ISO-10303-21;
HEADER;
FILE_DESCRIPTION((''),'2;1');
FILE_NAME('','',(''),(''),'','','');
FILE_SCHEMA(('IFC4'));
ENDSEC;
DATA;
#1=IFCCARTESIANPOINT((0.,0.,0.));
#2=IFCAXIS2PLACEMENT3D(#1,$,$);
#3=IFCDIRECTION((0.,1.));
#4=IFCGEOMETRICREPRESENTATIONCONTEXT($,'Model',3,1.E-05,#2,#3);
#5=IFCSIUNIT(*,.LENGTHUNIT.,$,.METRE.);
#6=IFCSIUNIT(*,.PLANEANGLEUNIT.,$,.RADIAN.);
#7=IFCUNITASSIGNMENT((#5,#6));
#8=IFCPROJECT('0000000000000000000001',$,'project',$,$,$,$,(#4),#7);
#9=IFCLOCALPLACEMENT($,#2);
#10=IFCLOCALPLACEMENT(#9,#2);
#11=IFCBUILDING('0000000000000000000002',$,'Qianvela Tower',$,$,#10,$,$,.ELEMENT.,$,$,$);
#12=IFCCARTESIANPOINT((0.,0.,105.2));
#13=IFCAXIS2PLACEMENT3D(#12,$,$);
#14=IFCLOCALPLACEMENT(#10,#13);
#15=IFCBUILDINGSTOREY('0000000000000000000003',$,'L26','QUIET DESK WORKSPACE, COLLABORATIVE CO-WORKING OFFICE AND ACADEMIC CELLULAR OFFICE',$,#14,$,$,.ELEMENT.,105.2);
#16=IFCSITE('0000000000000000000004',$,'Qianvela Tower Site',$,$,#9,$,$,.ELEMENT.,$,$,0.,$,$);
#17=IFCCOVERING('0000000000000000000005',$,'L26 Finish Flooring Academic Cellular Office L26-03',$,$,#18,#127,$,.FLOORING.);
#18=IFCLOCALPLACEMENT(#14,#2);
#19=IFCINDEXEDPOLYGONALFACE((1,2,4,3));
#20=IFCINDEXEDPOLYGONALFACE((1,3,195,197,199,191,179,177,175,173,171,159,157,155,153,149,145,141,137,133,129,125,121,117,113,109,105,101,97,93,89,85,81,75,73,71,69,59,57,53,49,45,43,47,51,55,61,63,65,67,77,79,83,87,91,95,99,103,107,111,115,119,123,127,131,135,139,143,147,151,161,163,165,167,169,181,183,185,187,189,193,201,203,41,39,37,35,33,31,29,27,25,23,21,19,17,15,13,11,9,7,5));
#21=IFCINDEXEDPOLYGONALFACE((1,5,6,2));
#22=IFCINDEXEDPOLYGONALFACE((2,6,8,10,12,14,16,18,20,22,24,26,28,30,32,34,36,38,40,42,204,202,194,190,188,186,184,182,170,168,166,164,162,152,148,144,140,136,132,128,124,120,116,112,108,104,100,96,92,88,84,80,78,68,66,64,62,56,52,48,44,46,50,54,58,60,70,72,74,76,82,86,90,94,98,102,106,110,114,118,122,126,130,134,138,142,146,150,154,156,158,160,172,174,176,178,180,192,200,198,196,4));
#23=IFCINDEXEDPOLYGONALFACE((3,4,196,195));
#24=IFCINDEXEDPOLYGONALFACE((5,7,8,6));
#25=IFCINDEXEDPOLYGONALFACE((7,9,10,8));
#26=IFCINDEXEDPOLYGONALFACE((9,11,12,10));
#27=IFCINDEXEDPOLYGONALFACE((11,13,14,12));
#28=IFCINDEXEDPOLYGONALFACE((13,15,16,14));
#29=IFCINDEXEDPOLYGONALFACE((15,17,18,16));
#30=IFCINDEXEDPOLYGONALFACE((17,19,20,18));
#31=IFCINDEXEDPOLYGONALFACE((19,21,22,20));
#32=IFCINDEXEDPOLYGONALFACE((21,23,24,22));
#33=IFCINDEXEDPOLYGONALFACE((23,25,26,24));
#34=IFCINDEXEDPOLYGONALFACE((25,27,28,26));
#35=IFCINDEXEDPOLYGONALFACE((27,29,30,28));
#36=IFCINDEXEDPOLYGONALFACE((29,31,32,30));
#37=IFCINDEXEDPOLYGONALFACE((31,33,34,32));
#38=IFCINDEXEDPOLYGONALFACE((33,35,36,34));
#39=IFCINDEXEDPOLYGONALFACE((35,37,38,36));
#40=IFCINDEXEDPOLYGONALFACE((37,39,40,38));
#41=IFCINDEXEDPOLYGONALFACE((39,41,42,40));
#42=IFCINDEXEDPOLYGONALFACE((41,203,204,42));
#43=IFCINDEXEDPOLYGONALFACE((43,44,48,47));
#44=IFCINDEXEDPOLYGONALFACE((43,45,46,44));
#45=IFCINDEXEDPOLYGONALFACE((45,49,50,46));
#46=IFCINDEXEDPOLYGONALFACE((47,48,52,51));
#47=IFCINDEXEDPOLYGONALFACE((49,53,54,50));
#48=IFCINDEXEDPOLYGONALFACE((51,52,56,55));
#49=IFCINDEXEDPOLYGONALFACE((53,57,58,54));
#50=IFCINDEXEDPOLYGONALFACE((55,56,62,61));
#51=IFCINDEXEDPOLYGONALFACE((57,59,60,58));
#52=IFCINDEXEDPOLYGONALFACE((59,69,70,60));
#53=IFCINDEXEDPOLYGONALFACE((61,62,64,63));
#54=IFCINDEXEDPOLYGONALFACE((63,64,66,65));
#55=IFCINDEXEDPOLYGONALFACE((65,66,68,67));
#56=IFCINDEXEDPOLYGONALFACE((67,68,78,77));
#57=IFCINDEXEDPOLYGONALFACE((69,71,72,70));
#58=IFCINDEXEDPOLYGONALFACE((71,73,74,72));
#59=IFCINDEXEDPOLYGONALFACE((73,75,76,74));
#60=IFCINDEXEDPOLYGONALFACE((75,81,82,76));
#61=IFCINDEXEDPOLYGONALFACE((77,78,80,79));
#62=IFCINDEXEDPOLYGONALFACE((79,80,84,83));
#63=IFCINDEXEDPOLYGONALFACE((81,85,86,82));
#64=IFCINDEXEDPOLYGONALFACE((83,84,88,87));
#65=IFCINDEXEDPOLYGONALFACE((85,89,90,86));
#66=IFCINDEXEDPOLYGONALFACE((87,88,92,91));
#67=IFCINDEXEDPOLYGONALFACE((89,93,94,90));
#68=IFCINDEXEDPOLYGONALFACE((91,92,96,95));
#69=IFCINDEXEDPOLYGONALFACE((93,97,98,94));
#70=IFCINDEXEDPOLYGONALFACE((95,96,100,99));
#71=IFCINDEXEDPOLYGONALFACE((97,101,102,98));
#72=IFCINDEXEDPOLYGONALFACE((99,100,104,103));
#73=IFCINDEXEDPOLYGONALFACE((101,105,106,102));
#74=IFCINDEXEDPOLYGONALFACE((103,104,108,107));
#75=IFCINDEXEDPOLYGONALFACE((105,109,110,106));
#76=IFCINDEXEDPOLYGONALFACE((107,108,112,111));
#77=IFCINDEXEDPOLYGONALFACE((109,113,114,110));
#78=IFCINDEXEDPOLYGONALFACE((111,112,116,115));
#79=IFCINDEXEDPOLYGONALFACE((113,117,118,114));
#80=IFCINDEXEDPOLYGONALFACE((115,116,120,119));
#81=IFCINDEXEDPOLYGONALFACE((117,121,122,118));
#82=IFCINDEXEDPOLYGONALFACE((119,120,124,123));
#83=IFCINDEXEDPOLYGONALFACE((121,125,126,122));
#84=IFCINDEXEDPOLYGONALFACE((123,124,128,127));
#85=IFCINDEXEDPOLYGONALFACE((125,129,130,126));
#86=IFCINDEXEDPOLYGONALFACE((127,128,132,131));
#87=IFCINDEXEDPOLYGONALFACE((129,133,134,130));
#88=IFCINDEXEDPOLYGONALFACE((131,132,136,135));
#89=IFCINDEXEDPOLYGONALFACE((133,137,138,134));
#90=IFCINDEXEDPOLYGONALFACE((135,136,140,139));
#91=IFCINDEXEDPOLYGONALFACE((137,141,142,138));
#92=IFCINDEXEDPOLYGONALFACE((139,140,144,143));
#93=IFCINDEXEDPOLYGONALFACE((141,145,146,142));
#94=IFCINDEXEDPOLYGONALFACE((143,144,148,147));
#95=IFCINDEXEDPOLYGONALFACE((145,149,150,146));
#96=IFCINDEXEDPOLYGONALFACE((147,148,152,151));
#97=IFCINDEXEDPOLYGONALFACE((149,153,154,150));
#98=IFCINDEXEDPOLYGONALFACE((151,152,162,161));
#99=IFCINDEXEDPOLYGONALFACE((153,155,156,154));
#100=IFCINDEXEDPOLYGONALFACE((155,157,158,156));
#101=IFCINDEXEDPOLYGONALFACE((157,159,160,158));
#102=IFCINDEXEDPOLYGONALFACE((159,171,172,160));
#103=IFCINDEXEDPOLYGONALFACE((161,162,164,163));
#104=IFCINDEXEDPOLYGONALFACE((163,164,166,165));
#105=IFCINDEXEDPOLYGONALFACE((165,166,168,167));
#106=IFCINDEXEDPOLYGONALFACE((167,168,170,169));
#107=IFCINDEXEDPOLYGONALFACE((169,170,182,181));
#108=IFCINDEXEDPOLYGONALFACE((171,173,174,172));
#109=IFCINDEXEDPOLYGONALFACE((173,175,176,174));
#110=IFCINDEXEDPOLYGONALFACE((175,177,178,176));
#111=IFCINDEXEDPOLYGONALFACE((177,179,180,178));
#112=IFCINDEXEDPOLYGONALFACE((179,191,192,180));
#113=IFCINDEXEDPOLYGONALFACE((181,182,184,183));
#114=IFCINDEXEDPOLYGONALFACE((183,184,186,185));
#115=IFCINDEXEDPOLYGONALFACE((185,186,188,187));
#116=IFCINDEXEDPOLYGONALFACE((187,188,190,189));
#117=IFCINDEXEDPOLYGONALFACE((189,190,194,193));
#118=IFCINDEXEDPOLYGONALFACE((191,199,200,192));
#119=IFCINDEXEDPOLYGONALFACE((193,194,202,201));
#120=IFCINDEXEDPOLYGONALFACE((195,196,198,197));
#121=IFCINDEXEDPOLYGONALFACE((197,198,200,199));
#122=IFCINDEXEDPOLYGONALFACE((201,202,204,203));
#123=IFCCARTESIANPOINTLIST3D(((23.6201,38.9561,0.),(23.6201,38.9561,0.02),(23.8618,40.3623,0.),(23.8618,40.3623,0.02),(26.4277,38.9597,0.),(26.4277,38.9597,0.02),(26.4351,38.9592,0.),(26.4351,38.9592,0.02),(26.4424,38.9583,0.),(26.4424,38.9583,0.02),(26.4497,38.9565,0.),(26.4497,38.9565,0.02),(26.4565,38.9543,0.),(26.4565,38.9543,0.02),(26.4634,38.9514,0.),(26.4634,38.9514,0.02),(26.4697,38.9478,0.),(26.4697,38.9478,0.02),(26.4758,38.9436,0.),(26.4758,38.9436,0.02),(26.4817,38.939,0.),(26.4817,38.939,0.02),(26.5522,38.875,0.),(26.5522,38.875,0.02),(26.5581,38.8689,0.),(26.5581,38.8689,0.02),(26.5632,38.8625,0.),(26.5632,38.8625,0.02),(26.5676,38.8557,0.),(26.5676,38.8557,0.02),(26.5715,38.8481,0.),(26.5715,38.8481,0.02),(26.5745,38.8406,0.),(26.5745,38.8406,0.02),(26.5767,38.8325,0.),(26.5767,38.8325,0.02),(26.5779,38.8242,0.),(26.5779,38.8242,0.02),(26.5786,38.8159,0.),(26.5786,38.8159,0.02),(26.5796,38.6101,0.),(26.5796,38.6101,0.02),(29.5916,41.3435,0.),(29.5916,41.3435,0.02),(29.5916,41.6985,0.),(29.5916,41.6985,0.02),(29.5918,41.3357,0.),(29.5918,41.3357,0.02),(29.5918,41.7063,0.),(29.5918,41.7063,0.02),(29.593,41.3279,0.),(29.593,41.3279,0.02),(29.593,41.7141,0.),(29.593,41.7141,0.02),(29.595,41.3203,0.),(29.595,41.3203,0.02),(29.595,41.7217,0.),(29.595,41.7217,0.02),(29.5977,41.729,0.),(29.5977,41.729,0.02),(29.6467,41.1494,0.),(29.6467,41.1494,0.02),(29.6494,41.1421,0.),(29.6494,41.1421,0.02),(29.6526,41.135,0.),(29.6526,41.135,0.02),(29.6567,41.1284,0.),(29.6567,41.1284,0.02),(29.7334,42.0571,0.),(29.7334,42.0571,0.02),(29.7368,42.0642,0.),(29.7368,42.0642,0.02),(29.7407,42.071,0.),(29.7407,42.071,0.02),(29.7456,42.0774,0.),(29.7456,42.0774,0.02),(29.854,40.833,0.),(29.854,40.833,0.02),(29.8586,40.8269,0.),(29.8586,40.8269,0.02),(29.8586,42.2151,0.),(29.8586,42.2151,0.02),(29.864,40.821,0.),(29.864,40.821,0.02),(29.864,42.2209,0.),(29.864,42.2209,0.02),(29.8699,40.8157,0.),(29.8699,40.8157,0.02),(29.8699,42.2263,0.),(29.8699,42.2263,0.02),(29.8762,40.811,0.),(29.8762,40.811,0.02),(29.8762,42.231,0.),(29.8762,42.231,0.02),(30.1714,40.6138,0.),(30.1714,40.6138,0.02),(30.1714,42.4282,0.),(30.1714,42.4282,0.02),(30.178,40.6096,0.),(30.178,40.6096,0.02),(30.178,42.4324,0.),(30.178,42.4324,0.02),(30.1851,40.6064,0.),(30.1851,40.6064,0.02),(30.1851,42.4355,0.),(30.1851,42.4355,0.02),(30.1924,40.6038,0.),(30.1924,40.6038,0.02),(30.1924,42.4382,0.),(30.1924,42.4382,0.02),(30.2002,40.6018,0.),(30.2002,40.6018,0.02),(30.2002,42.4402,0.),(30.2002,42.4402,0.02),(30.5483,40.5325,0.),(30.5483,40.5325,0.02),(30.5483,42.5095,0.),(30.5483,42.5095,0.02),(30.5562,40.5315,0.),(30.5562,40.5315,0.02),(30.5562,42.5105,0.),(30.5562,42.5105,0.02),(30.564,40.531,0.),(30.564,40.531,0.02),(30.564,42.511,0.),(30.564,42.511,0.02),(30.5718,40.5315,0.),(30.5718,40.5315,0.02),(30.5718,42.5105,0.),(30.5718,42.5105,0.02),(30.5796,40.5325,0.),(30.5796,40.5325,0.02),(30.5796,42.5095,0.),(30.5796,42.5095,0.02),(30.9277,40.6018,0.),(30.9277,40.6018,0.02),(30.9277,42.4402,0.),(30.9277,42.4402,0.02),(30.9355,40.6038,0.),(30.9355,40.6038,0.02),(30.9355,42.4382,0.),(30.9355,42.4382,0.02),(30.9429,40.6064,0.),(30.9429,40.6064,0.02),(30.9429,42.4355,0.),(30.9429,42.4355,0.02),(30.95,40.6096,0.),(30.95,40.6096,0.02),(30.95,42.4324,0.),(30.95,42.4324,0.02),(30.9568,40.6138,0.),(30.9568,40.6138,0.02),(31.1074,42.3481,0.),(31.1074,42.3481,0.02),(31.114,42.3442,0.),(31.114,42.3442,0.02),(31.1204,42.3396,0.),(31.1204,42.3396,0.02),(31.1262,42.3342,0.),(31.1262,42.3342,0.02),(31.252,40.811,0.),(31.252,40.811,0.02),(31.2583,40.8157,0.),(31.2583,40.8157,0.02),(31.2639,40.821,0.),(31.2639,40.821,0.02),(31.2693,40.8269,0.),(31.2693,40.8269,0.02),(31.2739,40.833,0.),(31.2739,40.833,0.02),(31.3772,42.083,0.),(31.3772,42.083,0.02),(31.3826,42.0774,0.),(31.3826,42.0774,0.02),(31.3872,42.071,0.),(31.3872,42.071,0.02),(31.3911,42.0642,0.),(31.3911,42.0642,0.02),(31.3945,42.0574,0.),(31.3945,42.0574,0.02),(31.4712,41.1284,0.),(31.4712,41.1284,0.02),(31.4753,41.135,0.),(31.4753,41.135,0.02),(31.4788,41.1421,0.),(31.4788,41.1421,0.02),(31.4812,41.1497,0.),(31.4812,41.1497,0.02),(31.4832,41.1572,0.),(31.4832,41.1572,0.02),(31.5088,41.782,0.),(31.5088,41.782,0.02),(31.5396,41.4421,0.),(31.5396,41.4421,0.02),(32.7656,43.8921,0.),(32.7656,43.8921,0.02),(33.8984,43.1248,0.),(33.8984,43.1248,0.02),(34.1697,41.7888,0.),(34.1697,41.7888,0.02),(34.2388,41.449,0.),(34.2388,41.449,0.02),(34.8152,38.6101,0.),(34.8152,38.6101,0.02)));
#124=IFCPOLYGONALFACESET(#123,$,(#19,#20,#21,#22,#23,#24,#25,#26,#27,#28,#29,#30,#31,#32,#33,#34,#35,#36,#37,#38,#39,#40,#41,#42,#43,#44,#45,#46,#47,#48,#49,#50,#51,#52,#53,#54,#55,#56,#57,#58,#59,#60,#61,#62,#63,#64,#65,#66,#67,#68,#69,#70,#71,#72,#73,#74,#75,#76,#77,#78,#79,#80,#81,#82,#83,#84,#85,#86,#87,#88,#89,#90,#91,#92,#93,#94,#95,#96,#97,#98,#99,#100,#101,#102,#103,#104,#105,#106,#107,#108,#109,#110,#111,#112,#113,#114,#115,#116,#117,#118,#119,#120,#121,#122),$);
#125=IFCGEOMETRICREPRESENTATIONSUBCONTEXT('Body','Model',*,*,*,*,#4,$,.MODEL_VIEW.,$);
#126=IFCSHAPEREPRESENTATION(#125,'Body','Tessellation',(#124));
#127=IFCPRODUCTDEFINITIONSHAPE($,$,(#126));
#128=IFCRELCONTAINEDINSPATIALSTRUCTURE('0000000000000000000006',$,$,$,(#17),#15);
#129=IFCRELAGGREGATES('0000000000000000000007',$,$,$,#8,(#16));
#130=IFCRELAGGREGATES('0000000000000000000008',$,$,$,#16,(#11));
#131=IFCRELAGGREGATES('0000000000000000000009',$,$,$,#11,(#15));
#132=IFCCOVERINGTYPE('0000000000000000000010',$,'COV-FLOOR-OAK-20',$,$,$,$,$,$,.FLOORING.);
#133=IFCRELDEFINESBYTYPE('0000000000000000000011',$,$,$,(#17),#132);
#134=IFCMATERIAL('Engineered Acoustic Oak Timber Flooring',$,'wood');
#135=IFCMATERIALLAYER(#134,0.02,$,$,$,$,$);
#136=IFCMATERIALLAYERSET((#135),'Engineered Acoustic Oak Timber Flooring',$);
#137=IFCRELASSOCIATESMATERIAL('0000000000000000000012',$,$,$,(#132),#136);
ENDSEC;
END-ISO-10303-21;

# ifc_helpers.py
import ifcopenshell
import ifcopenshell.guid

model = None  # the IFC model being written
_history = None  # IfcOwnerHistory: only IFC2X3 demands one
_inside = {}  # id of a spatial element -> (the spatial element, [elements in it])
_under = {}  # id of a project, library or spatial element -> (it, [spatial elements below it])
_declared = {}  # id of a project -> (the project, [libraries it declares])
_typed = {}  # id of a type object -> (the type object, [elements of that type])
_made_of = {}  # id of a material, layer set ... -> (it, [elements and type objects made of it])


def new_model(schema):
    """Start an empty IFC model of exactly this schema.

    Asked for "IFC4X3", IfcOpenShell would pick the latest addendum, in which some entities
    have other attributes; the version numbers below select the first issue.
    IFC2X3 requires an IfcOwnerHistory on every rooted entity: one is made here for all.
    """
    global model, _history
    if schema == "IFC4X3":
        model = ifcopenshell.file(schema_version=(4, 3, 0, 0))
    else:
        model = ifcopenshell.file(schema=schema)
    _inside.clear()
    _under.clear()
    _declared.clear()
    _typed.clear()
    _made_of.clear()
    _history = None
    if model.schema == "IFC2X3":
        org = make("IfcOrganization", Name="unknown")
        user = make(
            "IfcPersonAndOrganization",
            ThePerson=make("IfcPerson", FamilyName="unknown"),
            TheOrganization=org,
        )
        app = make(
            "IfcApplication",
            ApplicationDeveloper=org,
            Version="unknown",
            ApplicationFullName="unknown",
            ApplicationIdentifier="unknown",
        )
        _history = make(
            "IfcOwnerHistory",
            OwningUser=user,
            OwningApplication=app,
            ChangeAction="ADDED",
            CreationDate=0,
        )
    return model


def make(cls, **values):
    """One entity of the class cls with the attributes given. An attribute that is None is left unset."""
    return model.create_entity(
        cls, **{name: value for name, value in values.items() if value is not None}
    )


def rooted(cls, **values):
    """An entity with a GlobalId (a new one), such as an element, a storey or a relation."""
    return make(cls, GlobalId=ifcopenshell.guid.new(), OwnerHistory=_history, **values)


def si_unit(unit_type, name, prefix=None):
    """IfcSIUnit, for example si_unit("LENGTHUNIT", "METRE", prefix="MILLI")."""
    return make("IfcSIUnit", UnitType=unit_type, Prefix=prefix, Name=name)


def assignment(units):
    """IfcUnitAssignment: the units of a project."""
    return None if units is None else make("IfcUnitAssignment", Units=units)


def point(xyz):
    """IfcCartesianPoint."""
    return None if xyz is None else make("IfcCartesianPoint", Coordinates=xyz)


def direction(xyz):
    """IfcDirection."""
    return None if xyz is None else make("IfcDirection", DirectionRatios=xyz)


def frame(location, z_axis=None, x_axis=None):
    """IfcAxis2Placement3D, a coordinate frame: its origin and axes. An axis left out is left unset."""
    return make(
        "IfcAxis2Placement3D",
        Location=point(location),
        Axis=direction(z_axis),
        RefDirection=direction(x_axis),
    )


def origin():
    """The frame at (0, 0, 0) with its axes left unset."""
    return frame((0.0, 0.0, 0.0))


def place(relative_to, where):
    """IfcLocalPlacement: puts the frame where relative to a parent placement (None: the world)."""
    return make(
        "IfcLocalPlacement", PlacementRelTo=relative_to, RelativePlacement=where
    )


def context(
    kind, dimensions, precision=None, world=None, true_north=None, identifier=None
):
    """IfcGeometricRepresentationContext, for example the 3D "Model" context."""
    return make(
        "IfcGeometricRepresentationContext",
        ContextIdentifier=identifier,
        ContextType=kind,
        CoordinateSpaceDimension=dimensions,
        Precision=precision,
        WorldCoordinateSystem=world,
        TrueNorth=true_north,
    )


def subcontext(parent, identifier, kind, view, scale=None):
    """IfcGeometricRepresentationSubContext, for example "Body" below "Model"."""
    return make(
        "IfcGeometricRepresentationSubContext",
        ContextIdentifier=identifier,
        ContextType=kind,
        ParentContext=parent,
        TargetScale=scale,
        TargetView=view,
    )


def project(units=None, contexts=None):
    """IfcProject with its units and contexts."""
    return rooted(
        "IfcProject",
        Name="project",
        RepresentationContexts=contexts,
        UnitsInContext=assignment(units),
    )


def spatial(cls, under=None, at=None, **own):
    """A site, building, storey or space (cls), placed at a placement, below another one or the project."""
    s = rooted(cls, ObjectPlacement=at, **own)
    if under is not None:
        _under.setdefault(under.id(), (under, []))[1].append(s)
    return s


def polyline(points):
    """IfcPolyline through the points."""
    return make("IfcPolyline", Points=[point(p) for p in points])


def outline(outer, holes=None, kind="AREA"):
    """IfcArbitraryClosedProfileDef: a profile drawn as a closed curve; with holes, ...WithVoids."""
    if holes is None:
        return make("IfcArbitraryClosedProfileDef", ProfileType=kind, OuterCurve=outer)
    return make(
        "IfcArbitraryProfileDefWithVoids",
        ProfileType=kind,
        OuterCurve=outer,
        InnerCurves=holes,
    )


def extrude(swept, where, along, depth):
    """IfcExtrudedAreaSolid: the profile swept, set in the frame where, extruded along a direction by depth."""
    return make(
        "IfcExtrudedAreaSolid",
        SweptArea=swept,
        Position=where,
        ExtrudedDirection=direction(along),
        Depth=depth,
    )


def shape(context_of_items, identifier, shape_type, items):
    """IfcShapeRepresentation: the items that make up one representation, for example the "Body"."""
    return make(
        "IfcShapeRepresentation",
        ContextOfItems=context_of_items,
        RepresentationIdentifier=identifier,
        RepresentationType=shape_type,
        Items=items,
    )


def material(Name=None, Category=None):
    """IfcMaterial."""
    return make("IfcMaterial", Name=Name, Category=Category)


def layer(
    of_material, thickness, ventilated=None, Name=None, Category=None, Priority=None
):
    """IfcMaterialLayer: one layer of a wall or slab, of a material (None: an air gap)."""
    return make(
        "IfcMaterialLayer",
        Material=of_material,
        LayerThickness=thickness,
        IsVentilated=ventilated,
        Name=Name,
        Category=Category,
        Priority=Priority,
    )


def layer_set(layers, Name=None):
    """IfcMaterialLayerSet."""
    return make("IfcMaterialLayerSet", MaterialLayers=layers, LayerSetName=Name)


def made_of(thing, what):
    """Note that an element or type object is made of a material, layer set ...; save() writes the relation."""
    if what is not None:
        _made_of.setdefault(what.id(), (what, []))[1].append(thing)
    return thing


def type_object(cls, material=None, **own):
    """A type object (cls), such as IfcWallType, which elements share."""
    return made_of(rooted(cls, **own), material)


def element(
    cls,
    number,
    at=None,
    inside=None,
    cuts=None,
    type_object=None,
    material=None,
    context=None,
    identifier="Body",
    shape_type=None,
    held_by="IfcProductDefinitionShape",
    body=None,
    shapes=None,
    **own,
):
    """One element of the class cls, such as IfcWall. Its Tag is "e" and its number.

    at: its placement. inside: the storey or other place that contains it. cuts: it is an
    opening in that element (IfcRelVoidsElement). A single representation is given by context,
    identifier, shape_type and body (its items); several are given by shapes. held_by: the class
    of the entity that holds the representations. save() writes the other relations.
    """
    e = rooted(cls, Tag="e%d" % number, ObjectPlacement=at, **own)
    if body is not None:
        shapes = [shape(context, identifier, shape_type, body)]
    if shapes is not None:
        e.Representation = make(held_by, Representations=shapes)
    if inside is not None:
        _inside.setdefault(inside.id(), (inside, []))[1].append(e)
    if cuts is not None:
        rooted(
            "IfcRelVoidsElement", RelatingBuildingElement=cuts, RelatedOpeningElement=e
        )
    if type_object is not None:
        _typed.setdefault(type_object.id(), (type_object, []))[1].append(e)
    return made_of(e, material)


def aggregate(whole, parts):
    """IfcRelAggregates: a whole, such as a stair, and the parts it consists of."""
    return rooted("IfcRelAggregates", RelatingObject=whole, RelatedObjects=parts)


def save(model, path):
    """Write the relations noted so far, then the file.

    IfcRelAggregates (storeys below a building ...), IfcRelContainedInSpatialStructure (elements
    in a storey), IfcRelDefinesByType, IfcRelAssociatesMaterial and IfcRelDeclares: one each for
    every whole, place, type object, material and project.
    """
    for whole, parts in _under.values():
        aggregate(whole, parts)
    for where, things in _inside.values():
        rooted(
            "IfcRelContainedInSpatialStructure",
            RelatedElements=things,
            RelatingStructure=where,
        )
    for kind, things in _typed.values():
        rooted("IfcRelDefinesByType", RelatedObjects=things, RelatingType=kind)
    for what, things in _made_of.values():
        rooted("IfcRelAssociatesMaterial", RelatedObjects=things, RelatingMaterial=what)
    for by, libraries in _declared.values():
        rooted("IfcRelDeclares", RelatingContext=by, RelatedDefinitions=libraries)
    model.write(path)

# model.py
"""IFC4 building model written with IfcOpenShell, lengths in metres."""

from ifc_helpers import new_model, si_unit, direction, frame, origin, place, context, subcontext, project, spatial, polyline, outline, extrude, material, layer, layer_set, type_object, element, save


model = new_model("IFC4")

# Units and contexts
model_context = context("Model", 3, precision=1e-05, world=origin(), true_north=direction((0.0, 1.0)))
body_context = subcontext(model_context, "Body", "Model", "MODEL_VIEW")
ifc_project = project(units=[si_unit("LENGTHUNIT", "METRE"), si_unit("PLANEANGLEUNIT", "RADIAN")], contexts=[model_context])

# Site, building, storey
site_placement = place(None, origin())
site = spatial("IfcSite", under=ifc_project, at=site_placement, Name="Qianvela Tower Site", CompositionType="ELEMENT", RefElevation=0.0)
building_placement = place(site_placement, origin())
building = spatial("IfcBuilding", under=site, at=building_placement, Name="Qianvela Tower", CompositionType="ELEMENT")
storey_placement = place(building_placement, frame((0.0, 0.0, 105.2)))
storey = spatial("IfcBuildingStorey", under=building, at=storey_placement, Name="L26", Description="QUIET DESK WORKSPACE, COLLABORATIVE CO-WORKING OFFICE AND ACADEMIC CELLULAR OFFICE", CompositionType="ELEMENT", Elevation=105.2)

# Covering
ifc_material_1 = material(Name="Engineered Acoustic Oak Timber Flooring", Category="wood")
ifc_layer_1 = layer(ifc_material_1, 0.02)
ifc_layer_set_1 = layer_set([ifc_layer_1], Name="Engineered Acoustic Oak Timber Flooring")
covering_type_1 = type_object("IfcCoveringType", Name="COV-FLOOR-OAK-20", PredefinedType="FLOORING", material=ifc_layer_set_1)
covering_1_placement = place(storey_placement, origin())
element("IfcCovering", 1, at=covering_1_placement, inside=storey, type_object=covering_type_1, Name="L26 Finish Flooring Academic Cellular Office L26-03", PredefinedType="FLOORING", context=body_context, shape_type="SweptSolid", body=[
    extrude(outline(polyline([(26.5796, 38.6101), (26.5786, 38.8159), (26.5779, 38.8242), (26.5767, 38.8325), (26.5745, 38.8406), (26.5715, 38.8481), (26.5676, 38.8557), (26.5632, 38.8625), (26.5581, 38.8689), (26.5522, 38.875), (26.4817, 38.939), (26.4758, 38.9436), (26.4697, 38.9478), (26.4634, 38.9514), (26.4565, 38.9543), (26.4497, 38.9565), (26.4424, 38.9583), (26.4351, 38.9592), (26.4277, 38.9597), (23.6201, 38.9561), (23.8618, 40.3623), (32.7656, 43.8921), (33.8984, 43.1248), (34.1697, 41.7888), (31.5088, 41.782), (31.3945, 42.0574), (31.3911, 42.0642), (31.3872, 42.071), (31.3826, 42.0774), (31.3772, 42.083), (31.1262, 42.3342), (31.1204, 42.3396), (31.114, 42.3442), (31.1074, 42.3481), (30.95, 42.4324), (30.9429, 42.4355), (30.9355, 42.4382), (30.9277, 42.4402), (30.5796, 42.5095), (30.5718, 42.5105), (30.564, 42.511), (30.5562, 42.5105), (30.5483, 42.5095), (30.2002, 42.4402), (30.1924, 42.4382), (30.1851, 42.4355), (30.178, 42.4324), (30.1714, 42.4282), (29.8762, 42.231), (29.8699, 42.2263), (29.864, 42.2209), (29.8586, 42.2151), (29.7456, 42.0774), (29.7407, 42.071), (29.7368, 42.0642), (29.7334, 42.0571), (29.5977, 41.729), (29.595, 41.7217), (29.593, 41.7141), (29.5918, 41.7063), (29.5916, 41.6985), (29.5916, 41.3435), (29.5918, 41.3357), (29.593, 41.3279), (29.595, 41.3203), (29.6467, 41.1494), (29.6494, 41.1421), (29.6526, 41.135), (29.6567, 41.1284), (29.854, 40.833), (29.8586, 40.8269), (29.864, 40.821), (29.8699, 40.8157), (29.8762, 40.811), (30.1714, 40.6138), (30.178, 40.6096), (30.1851, 40.6064), (30.1924, 40.6038), (30.2002, 40.6018), (30.5483, 40.5325), (30.5562, 40.5315), (30.564, 40.531), (30.5718, 40.5315), (30.5796, 40.5325), (30.9277, 40.6018), (30.9355, 40.6038), (30.9429, 40.6064), (30.95, 40.6096), (30.9568, 40.6138), (31.252, 40.811), (31.2583, 40.8157), (31.2639, 40.821), (31.2693, 40.8269), (31.2739, 40.833), (31.4712, 41.1284), (31.4753, 41.135), (31.4788, 41.1421), (31.4812, 41.1497), (31.4832, 41.1572), (31.5396, 41.4421), (34.2388, 41.449), (34.8152, 38.6101), (26.5796, 38.6101)])), origin(), (0.0, 0.0, 1.0), 0.02),
])

save(model, "model.ifc")
